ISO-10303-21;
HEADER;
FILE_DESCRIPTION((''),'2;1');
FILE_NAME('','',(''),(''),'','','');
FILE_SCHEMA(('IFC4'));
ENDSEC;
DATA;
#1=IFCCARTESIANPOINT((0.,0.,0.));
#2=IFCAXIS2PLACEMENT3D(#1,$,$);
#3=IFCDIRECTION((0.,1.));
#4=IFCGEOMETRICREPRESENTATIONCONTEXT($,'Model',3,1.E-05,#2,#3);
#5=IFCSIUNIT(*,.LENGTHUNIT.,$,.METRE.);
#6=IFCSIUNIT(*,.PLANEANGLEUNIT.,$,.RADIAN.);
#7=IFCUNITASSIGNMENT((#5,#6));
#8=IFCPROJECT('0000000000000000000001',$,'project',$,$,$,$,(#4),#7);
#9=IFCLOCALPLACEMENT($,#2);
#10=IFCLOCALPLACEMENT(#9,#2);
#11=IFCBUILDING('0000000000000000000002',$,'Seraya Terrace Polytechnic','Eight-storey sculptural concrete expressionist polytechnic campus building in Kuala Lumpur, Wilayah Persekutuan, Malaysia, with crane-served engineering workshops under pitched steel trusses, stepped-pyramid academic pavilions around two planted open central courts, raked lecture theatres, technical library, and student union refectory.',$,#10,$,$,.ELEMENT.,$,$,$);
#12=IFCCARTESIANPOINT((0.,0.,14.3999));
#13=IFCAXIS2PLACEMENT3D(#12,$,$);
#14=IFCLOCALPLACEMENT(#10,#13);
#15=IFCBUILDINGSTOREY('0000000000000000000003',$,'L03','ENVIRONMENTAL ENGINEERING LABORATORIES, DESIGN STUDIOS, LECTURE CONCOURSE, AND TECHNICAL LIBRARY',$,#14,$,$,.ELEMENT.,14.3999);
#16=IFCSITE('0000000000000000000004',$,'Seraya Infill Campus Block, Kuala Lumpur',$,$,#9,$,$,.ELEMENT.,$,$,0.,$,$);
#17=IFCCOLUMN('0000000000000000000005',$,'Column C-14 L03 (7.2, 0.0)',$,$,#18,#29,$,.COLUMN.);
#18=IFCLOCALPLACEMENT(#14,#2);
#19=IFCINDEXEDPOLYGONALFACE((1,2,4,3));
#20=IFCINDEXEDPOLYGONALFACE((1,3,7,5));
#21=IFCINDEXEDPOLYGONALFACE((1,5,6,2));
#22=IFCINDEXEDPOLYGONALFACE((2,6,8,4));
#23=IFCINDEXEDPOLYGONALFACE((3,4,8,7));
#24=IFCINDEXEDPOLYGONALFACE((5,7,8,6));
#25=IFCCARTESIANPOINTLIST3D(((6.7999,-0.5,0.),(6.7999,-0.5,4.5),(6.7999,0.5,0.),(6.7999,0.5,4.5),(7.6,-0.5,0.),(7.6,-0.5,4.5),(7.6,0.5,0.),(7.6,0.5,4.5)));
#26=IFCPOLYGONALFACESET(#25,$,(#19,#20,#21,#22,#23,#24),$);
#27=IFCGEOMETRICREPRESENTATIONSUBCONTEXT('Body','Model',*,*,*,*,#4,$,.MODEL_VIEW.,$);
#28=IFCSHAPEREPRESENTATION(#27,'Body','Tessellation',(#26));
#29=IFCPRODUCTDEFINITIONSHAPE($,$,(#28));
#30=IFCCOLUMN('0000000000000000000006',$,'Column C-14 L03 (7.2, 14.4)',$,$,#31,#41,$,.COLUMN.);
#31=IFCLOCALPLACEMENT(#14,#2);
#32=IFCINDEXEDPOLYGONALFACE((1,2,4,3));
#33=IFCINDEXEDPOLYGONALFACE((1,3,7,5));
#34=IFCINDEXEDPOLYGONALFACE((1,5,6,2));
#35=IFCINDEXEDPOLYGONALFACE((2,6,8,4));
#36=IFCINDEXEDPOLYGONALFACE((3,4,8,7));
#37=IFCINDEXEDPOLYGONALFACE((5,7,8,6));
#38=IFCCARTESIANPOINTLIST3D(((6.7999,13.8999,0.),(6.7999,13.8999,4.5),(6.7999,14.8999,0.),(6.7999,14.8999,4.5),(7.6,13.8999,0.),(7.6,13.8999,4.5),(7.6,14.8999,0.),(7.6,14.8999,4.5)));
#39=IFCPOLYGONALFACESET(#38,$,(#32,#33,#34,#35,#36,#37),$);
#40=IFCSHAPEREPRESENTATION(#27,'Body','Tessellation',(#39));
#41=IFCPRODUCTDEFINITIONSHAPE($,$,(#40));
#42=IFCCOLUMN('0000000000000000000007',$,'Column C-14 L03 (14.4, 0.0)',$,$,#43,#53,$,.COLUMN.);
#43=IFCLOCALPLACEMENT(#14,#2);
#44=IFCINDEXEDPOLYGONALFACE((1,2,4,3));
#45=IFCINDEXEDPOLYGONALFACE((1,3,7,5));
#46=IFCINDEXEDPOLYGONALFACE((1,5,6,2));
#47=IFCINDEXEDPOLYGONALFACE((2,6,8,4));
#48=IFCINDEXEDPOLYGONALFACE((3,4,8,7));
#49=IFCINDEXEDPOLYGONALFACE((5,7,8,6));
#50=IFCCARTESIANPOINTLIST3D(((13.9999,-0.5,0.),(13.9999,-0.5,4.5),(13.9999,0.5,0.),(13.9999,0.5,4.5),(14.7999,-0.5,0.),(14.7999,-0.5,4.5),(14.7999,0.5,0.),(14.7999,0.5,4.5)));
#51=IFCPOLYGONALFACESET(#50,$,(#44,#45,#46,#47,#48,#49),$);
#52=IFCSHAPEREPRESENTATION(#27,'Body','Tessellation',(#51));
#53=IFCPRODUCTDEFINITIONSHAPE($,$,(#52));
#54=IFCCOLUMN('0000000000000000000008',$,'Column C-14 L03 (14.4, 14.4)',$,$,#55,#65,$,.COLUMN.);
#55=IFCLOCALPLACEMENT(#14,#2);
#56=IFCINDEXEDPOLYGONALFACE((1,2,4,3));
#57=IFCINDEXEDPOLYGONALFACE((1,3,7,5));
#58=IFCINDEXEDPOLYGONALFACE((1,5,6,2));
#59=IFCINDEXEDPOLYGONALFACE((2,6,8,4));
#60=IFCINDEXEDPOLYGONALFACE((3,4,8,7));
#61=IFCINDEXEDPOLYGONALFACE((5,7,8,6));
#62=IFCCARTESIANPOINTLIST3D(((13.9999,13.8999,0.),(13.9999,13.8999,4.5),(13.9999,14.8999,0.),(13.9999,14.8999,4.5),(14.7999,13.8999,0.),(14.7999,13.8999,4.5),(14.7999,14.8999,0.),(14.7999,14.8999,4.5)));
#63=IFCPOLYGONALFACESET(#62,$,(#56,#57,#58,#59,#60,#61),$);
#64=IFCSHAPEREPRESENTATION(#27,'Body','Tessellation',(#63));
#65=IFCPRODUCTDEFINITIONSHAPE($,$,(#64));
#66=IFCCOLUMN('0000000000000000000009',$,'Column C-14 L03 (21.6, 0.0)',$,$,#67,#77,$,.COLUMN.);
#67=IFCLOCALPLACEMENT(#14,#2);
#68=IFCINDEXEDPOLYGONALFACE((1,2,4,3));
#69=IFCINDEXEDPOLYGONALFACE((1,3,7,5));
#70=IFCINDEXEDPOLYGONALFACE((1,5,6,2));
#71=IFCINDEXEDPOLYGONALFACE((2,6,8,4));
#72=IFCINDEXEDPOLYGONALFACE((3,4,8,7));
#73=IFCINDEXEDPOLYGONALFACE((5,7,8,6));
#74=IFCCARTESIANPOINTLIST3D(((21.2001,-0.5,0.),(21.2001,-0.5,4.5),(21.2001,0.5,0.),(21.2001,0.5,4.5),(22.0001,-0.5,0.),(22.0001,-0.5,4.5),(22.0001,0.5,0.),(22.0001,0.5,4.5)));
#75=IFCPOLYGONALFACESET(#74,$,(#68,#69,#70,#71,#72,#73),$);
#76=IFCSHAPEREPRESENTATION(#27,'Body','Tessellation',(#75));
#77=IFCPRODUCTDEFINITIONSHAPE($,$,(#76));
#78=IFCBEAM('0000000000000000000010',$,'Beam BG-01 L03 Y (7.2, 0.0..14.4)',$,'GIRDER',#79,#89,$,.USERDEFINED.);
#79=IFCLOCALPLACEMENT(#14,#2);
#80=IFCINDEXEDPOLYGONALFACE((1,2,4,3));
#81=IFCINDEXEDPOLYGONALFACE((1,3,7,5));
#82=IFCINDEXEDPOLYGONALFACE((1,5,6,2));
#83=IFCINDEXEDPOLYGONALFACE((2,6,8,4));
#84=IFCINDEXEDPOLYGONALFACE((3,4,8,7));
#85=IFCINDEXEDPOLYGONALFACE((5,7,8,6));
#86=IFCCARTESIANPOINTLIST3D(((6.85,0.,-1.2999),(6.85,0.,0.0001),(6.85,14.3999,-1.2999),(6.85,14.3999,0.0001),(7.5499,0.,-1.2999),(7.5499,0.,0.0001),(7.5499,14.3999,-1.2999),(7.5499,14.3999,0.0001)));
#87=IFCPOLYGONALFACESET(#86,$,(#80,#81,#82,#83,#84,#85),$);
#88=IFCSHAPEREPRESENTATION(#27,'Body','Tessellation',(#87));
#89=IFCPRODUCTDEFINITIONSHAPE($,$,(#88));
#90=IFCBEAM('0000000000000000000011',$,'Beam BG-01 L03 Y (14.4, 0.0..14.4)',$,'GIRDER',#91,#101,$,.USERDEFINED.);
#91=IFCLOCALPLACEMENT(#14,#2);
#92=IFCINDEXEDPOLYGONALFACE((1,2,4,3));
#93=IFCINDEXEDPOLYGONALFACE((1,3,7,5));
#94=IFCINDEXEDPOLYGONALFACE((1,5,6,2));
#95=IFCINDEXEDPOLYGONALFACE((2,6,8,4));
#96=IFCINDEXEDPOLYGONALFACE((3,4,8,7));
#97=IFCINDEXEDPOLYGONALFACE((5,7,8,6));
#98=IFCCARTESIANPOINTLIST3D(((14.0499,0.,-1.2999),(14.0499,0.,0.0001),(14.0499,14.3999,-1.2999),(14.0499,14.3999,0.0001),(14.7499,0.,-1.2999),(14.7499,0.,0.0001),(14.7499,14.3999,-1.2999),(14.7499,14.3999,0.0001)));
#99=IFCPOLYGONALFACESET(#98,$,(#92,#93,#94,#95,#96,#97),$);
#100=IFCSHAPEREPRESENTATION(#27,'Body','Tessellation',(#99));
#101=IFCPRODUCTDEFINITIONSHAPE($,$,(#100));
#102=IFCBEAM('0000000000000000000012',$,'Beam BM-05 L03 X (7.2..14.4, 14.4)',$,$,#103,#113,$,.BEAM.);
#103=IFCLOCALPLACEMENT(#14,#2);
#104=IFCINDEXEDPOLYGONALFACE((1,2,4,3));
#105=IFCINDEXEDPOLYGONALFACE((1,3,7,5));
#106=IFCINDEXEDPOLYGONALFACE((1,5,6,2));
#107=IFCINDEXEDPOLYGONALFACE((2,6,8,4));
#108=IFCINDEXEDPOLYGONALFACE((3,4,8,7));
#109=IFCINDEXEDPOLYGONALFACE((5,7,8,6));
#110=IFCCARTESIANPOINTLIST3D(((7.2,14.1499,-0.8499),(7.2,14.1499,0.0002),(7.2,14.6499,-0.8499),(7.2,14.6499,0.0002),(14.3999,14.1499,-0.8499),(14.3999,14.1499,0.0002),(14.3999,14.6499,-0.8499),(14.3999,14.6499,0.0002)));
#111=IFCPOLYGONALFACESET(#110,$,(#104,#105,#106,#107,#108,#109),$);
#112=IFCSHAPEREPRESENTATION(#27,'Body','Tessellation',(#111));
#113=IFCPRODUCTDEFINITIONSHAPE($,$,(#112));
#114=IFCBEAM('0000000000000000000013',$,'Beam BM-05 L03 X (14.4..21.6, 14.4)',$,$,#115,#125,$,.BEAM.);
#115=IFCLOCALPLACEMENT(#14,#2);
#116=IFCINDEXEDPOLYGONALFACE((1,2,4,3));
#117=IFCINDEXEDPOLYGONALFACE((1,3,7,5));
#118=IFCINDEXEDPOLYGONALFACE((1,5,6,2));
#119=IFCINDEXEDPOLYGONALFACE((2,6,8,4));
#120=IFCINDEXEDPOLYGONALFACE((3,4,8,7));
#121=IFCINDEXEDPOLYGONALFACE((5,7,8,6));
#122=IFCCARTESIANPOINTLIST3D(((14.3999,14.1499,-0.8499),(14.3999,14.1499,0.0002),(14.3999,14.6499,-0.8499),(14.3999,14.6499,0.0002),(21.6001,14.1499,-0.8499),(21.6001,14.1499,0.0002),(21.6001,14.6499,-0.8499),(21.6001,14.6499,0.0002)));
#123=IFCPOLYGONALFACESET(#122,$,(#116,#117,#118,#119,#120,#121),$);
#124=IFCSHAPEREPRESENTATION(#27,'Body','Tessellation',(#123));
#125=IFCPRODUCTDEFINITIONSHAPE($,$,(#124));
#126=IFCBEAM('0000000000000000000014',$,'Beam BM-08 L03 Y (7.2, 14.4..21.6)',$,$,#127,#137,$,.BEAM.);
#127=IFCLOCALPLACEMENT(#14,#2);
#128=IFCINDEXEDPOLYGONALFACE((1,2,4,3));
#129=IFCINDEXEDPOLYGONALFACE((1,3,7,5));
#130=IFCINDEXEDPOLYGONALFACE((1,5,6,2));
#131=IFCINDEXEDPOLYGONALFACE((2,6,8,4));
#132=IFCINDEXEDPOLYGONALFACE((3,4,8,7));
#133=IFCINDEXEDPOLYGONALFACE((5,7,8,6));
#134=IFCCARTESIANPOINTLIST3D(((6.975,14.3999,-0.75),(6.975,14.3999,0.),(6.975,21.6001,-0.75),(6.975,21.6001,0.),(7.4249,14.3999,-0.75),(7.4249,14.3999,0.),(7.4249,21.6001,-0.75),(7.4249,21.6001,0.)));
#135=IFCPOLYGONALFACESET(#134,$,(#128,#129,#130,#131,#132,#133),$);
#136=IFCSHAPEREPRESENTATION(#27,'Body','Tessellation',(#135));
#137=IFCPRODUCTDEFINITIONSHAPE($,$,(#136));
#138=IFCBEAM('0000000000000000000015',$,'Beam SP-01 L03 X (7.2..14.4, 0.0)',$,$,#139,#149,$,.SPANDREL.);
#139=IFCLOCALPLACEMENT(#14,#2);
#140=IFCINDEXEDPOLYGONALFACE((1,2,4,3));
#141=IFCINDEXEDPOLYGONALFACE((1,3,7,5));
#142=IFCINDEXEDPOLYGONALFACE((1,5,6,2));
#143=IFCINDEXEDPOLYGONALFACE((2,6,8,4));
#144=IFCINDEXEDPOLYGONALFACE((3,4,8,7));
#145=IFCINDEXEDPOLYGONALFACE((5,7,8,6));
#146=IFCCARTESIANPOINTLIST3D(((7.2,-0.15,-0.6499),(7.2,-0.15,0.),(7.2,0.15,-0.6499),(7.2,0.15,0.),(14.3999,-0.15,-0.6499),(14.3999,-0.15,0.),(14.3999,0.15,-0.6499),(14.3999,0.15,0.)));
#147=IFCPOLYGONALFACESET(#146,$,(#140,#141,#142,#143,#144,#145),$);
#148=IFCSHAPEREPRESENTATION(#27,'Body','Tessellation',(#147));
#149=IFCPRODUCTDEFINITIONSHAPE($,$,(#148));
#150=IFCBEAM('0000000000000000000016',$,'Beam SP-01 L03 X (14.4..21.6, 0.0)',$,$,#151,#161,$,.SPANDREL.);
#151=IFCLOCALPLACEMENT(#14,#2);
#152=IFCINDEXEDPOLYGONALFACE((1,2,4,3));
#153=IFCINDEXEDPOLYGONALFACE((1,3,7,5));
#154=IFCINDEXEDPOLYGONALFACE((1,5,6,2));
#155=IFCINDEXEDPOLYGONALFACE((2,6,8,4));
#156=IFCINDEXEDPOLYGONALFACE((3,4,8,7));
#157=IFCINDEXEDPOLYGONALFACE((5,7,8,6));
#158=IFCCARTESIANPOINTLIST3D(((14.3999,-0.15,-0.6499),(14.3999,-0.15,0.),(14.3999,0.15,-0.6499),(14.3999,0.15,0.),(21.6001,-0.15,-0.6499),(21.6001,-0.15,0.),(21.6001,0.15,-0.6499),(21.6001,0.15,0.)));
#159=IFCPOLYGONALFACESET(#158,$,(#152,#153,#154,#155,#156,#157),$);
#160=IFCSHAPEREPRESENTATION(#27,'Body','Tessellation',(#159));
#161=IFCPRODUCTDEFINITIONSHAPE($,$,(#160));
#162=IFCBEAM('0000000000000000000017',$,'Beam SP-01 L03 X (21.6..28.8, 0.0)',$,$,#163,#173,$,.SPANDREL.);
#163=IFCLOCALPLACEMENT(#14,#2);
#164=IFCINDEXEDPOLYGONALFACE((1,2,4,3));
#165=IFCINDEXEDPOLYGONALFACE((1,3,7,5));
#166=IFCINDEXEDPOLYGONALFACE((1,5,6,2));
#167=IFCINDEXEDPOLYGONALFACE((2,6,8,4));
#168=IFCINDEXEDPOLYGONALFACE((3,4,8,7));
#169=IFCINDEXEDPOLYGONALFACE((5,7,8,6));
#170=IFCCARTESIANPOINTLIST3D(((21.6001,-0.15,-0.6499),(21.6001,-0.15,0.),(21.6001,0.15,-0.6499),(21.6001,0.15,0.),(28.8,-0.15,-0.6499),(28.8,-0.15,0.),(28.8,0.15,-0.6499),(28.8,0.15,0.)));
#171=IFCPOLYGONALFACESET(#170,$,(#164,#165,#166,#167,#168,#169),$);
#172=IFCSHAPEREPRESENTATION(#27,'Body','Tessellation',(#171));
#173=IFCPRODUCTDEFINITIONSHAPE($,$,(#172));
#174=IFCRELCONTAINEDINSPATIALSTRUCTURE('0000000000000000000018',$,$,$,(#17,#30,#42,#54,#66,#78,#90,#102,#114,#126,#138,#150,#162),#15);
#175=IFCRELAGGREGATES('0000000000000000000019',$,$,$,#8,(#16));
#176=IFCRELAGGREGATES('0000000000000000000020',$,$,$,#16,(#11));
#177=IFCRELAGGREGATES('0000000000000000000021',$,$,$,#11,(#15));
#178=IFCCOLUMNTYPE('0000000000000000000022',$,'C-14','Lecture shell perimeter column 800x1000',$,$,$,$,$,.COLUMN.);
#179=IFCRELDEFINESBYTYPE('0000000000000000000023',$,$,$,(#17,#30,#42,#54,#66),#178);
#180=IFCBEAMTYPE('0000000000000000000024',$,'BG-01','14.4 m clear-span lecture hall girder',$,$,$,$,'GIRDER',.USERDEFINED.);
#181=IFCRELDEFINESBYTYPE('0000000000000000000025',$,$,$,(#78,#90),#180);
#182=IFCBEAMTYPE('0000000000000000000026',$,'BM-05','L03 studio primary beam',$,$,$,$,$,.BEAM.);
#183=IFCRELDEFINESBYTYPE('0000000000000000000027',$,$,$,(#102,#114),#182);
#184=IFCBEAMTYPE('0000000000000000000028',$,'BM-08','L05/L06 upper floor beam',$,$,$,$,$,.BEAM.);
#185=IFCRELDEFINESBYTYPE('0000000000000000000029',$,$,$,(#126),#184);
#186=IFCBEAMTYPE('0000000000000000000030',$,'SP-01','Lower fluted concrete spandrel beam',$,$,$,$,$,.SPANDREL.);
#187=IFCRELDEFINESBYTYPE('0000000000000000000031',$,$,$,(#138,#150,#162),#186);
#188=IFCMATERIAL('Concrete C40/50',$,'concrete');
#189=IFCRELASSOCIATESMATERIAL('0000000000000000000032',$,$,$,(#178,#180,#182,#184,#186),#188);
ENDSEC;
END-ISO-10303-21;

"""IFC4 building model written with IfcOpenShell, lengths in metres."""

from ifc_helpers import new_model, si_unit, direction, frame, origin, origin_2d, place, context, subcontext, project, spatial, rectangle, extrude, material, material_profile, profile_set, type_object, element, save


model = new_model("IFC4")

# Units and contexts
model_context = context("Model", 3, precision=1e-05, world=origin(), true_north=direction((0.0, 1.0)))
body_context = subcontext(model_context, "Body", "Model", "MODEL_VIEW")
ifc_project = project(units=[si_unit("LENGTHUNIT", "METRE"), si_unit("PLANEANGLEUNIT", "RADIAN")], contexts=[model_context])

# Site, building, storey
site_placement = place(None, origin())
site = spatial("IfcSite", under=ifc_project, at=site_placement, Name="Seraya Infill Campus Block, Kuala Lumpur", CompositionType="ELEMENT", RefElevation=0.0)
building_placement = place(site_placement, origin())
building = spatial("IfcBuilding", under=site, at=building_placement, Name="Seraya Terrace Polytechnic", Description="Eight-storey sculptural concrete expressionist polytechnic campus building in Kuala Lumpur, Wilayah Persekutuan, Malaysia, with crane-served engineering workshops under pitched steel trusses, stepped-pyramid academic pavilions around two planted open central courts, raked lecture theatres, technical library, and student union refectory.", CompositionType="ELEMENT")
storey_placement = place(building_placement, frame((0.0, 0.0, 14.3999)))
storey = spatial("IfcBuildingStorey", under=building, at=storey_placement, Name="L03", Description="ENVIRONMENTAL ENGINEERING LABORATORIES, DESIGN STUDIOS, LECTURE CONCOURSE, AND TECHNICAL LIBRARY", CompositionType="ELEMENT", Elevation=14.3999)

# Columns
ifc_material_1 = material(Name="Concrete C40/50", Category="concrete")
ifc_material_profile_1 = material_profile(ifc_material_1, rectangle(XDim=0.8, YDim=1.0, at=origin_2d()), Name="RC 800x1000")
ifc_profile_set_1 = profile_set([ifc_material_profile_1], Name="Concrete C40/50")
column_type = type_object("IfcColumnType", Name="C-14", Description="Lecture shell perimeter column 800x1000", PredefinedType="COLUMN", material=ifc_profile_set_1)
for number, where, z_axis, x_axis, name in (
    (1, (7.2, 0.0, 0.0), (0.0, 0.0, 1.0), (1.0, 0.0, 0.0), "Column C-14 L03 (7.2, 0.0)"),
    (2, (7.2, 14.3999, 0.0), (0.0, 0.0, 1.0), (1.0, 0.0, 0.0), "Column C-14 L03 (7.2, 14.4)"),
    (3, (14.3999, 0.0, 0.0), (0.0, 0.0, 1.0), (1.0, 0.0, 0.0), "Column C-14 L03 (14.4, 0.0)"),
    (4, (14.3999, 14.3999, 0.0), (0.0, 0.0, 1.0), (1.0, 0.0, 0.0), "Column C-14 L03 (14.4, 14.4)"),
    (5, (21.6001, 0.0, 0.0), (0.0, 0.0, 1.0), (1.0, 0.0, 0.0), "Column C-14 L03 (21.6, 0.0)"),
):
    element("IfcColumn", number, at=place(storey_placement, frame(where, z_axis=z_axis, x_axis=x_axis)), inside=storey, type_object=column_type, Name=name, PredefinedType="COLUMN", context=body_context, shape_type="SweptSolid", body=[
        extrude(rectangle(XDim=0.8, YDim=1.0, at=origin_2d()), origin(), (0.0, 0.0, 1.0), 4.5),
    ])

# Beams
ifc_material_profile_2 = material_profile(ifc_material_1, rectangle(XDim=0.7, YDim=1.3, at=origin_2d()), Name="RC 700x1300")
ifc_profile_set_2 = profile_set([ifc_material_profile_2], Name="Concrete C40/50")
beam_type_1 = type_object("IfcBeamType", Name="BG-01", Description="14.4 m clear-span lecture hall girder", ElementType="GIRDER", PredefinedType="USERDEFINED", material=ifc_profile_set_2)
for number, where, z_axis, x_axis, name in (
    (6, (7.2, 0.0, -0.6499), (0.0, 1.0, 0.0), (-1.0, 0.0, 0.0), "Beam BG-01 L03 Y (7.2, 0.0..14.4)"),
    (7, (14.3999, 0.0, -0.6499), (0.0, 1.0, 0.0), (-1.0, 0.0, 0.0), "Beam BG-01 L03 Y (14.4, 0.0..14.4)"),
):
    element("IfcBeam", number, at=place(storey_placement, frame(where, z_axis=z_axis, x_axis=x_axis)), inside=storey, type_object=beam_type_1, Name=name, ObjectType="GIRDER", PredefinedType="USERDEFINED", context=body_context, shape_type="SweptSolid", body=[
        extrude(rectangle(XDim=0.7, YDim=1.3, at=origin_2d()), origin(), (0.0, 0.0, 1.0), 14.3999),
    ])
ifc_material_profile_3 = material_profile(ifc_material_1, rectangle(XDim=0.5, YDim=0.8501, at=origin_2d()), Name="RC 500x850")
ifc_profile_set_3 = profile_set([ifc_material_profile_3], Name="Concrete C40/50")
beam_type_2 = type_object("IfcBeamType", Name="BM-05", Description="L03 studio primary beam", PredefinedType="BEAM", material=ifc_profile_set_3)
beam_1_placement = place(storey_placement, frame((7.2, 14.3999, -0.4248), z_axis=(1.0, 0.0, 0.0), x_axis=(0.0, 1.0, 0.0)))
element("IfcBeam", 8, at=beam_1_placement, inside=storey, type_object=beam_type_2, Name="Beam BM-05 L03 X (7.2..14.4, 14.4)", PredefinedType="BEAM", context=body_context, shape_type="SweptSolid", body=[
    extrude(rectangle(XDim=0.5, YDim=0.8501, at=origin_2d()), origin(), (0.0, 0.0, 1.0), 7.2),
])
beam_2_placement = place(storey_placement, frame((14.3999, 14.3999, -0.4248), z_axis=(1.0, 0.0, 0.0), x_axis=(0.0, 1.0, 0.0)))
element("IfcBeam", 9, at=beam_2_placement, inside=storey, type_object=beam_type_2, Name="Beam BM-05 L03 X (14.4..21.6, 14.4)", PredefinedType="BEAM", context=body_context, shape_type="SweptSolid", body=[
    extrude(rectangle(XDim=0.5, YDim=0.8501, at=origin_2d()), origin(), (0.0, 0.0, 1.0), 7.2002),
])
ifc_material_profile_4 = material_profile(ifc_material_1, rectangle(XDim=0.45, YDim=0.75, at=origin_2d()), Name="RC 450x750")
ifc_profile_set_4 = profile_set([ifc_material_profile_4], Name="Concrete C40/50")
beam_type_3 = type_object("IfcBeamType", Name="BM-08", Description="L05/L06 upper floor beam", PredefinedType="BEAM", material=ifc_profile_set_4)
beam_3_placement = place(storey_placement, frame((7.2, 14.3999, -0.375), z_axis=(0.0, 1.0, 0.0), x_axis=(-1.0, 0.0, 0.0)))
element("IfcBeam", 10, at=beam_3_placement, inside=storey, type_object=beam_type_3, Name="Beam BM-08 L03 Y (7.2, 14.4..21.6)", PredefinedType="BEAM", context=body_context, shape_type="SweptSolid", body=[
    extrude(rectangle(XDim=0.45, YDim=0.75, at=origin_2d()), origin(), (0.0, 0.0, 1.0), 7.2002),
])
ifc_material_profile_5 = material_profile(ifc_material_1, rectangle(XDim=0.3, YDim=0.6499, at=origin_2d()), Name="RC 300x650")
ifc_profile_set_5 = profile_set([ifc_material_profile_5], Name="Concrete C40/50")
beam_type_4 = type_object("IfcBeamType", Name="SP-01", Description="Lower fluted concrete spandrel beam", PredefinedType="SPANDREL", material=ifc_profile_set_5)
beam_4_placement = place(storey_placement, frame((7.2, 0.0, -0.325), z_axis=(1.0, 0.0, 0.0), x_axis=(0.0, 1.0, 0.0)))
element("IfcBeam", 11, at=beam_4_placement, inside=storey, type_object=beam_type_4, Name="Beam SP-01 L03 X (7.2..14.4, 0.0)", PredefinedType="SPANDREL", context=body_context, shape_type="SweptSolid", body=[
    extrude(rectangle(XDim=0.3, YDim=0.6499, at=origin_2d()), origin(), (0.0, 0.0, 1.0), 7.2),
])
beam_5_placement = place(storey_placement, frame((14.3999, 0.0, -0.325), z_axis=(1.0, 0.0, 0.0), x_axis=(0.0, 1.0, 0.0)))
element("IfcBeam", 12, at=beam_5_placement, inside=storey, type_object=beam_type_4, Name="Beam SP-01 L03 X (14.4..21.6, 0.0)", PredefinedType="SPANDREL", context=body_context, shape_type="SweptSolid", body=[
    extrude(rectangle(XDim=0.3, YDim=0.6499, at=origin_2d()), origin(), (0.0, 0.0, 1.0), 7.2002),
])
beam_6_placement = place(storey_placement, frame((21.6001, 0.0, -0.325), z_axis=(1.0, 0.0, 0.0), x_axis=(0.0, 1.0, 0.0)))
element("IfcBeam", 13, at=beam_6_placement, inside=storey, type_object=beam_type_4, Name="Beam SP-01 L03 X (21.6..28.8, 0.0)", PredefinedType="SPANDREL", context=body_context, shape_type="SweptSolid", body=[
    extrude(rectangle(XDim=0.3, YDim=0.6499, at=origin_2d()), origin(), (0.0, 0.0, 1.0), 7.2),
])

save(model, "model.ifc")
